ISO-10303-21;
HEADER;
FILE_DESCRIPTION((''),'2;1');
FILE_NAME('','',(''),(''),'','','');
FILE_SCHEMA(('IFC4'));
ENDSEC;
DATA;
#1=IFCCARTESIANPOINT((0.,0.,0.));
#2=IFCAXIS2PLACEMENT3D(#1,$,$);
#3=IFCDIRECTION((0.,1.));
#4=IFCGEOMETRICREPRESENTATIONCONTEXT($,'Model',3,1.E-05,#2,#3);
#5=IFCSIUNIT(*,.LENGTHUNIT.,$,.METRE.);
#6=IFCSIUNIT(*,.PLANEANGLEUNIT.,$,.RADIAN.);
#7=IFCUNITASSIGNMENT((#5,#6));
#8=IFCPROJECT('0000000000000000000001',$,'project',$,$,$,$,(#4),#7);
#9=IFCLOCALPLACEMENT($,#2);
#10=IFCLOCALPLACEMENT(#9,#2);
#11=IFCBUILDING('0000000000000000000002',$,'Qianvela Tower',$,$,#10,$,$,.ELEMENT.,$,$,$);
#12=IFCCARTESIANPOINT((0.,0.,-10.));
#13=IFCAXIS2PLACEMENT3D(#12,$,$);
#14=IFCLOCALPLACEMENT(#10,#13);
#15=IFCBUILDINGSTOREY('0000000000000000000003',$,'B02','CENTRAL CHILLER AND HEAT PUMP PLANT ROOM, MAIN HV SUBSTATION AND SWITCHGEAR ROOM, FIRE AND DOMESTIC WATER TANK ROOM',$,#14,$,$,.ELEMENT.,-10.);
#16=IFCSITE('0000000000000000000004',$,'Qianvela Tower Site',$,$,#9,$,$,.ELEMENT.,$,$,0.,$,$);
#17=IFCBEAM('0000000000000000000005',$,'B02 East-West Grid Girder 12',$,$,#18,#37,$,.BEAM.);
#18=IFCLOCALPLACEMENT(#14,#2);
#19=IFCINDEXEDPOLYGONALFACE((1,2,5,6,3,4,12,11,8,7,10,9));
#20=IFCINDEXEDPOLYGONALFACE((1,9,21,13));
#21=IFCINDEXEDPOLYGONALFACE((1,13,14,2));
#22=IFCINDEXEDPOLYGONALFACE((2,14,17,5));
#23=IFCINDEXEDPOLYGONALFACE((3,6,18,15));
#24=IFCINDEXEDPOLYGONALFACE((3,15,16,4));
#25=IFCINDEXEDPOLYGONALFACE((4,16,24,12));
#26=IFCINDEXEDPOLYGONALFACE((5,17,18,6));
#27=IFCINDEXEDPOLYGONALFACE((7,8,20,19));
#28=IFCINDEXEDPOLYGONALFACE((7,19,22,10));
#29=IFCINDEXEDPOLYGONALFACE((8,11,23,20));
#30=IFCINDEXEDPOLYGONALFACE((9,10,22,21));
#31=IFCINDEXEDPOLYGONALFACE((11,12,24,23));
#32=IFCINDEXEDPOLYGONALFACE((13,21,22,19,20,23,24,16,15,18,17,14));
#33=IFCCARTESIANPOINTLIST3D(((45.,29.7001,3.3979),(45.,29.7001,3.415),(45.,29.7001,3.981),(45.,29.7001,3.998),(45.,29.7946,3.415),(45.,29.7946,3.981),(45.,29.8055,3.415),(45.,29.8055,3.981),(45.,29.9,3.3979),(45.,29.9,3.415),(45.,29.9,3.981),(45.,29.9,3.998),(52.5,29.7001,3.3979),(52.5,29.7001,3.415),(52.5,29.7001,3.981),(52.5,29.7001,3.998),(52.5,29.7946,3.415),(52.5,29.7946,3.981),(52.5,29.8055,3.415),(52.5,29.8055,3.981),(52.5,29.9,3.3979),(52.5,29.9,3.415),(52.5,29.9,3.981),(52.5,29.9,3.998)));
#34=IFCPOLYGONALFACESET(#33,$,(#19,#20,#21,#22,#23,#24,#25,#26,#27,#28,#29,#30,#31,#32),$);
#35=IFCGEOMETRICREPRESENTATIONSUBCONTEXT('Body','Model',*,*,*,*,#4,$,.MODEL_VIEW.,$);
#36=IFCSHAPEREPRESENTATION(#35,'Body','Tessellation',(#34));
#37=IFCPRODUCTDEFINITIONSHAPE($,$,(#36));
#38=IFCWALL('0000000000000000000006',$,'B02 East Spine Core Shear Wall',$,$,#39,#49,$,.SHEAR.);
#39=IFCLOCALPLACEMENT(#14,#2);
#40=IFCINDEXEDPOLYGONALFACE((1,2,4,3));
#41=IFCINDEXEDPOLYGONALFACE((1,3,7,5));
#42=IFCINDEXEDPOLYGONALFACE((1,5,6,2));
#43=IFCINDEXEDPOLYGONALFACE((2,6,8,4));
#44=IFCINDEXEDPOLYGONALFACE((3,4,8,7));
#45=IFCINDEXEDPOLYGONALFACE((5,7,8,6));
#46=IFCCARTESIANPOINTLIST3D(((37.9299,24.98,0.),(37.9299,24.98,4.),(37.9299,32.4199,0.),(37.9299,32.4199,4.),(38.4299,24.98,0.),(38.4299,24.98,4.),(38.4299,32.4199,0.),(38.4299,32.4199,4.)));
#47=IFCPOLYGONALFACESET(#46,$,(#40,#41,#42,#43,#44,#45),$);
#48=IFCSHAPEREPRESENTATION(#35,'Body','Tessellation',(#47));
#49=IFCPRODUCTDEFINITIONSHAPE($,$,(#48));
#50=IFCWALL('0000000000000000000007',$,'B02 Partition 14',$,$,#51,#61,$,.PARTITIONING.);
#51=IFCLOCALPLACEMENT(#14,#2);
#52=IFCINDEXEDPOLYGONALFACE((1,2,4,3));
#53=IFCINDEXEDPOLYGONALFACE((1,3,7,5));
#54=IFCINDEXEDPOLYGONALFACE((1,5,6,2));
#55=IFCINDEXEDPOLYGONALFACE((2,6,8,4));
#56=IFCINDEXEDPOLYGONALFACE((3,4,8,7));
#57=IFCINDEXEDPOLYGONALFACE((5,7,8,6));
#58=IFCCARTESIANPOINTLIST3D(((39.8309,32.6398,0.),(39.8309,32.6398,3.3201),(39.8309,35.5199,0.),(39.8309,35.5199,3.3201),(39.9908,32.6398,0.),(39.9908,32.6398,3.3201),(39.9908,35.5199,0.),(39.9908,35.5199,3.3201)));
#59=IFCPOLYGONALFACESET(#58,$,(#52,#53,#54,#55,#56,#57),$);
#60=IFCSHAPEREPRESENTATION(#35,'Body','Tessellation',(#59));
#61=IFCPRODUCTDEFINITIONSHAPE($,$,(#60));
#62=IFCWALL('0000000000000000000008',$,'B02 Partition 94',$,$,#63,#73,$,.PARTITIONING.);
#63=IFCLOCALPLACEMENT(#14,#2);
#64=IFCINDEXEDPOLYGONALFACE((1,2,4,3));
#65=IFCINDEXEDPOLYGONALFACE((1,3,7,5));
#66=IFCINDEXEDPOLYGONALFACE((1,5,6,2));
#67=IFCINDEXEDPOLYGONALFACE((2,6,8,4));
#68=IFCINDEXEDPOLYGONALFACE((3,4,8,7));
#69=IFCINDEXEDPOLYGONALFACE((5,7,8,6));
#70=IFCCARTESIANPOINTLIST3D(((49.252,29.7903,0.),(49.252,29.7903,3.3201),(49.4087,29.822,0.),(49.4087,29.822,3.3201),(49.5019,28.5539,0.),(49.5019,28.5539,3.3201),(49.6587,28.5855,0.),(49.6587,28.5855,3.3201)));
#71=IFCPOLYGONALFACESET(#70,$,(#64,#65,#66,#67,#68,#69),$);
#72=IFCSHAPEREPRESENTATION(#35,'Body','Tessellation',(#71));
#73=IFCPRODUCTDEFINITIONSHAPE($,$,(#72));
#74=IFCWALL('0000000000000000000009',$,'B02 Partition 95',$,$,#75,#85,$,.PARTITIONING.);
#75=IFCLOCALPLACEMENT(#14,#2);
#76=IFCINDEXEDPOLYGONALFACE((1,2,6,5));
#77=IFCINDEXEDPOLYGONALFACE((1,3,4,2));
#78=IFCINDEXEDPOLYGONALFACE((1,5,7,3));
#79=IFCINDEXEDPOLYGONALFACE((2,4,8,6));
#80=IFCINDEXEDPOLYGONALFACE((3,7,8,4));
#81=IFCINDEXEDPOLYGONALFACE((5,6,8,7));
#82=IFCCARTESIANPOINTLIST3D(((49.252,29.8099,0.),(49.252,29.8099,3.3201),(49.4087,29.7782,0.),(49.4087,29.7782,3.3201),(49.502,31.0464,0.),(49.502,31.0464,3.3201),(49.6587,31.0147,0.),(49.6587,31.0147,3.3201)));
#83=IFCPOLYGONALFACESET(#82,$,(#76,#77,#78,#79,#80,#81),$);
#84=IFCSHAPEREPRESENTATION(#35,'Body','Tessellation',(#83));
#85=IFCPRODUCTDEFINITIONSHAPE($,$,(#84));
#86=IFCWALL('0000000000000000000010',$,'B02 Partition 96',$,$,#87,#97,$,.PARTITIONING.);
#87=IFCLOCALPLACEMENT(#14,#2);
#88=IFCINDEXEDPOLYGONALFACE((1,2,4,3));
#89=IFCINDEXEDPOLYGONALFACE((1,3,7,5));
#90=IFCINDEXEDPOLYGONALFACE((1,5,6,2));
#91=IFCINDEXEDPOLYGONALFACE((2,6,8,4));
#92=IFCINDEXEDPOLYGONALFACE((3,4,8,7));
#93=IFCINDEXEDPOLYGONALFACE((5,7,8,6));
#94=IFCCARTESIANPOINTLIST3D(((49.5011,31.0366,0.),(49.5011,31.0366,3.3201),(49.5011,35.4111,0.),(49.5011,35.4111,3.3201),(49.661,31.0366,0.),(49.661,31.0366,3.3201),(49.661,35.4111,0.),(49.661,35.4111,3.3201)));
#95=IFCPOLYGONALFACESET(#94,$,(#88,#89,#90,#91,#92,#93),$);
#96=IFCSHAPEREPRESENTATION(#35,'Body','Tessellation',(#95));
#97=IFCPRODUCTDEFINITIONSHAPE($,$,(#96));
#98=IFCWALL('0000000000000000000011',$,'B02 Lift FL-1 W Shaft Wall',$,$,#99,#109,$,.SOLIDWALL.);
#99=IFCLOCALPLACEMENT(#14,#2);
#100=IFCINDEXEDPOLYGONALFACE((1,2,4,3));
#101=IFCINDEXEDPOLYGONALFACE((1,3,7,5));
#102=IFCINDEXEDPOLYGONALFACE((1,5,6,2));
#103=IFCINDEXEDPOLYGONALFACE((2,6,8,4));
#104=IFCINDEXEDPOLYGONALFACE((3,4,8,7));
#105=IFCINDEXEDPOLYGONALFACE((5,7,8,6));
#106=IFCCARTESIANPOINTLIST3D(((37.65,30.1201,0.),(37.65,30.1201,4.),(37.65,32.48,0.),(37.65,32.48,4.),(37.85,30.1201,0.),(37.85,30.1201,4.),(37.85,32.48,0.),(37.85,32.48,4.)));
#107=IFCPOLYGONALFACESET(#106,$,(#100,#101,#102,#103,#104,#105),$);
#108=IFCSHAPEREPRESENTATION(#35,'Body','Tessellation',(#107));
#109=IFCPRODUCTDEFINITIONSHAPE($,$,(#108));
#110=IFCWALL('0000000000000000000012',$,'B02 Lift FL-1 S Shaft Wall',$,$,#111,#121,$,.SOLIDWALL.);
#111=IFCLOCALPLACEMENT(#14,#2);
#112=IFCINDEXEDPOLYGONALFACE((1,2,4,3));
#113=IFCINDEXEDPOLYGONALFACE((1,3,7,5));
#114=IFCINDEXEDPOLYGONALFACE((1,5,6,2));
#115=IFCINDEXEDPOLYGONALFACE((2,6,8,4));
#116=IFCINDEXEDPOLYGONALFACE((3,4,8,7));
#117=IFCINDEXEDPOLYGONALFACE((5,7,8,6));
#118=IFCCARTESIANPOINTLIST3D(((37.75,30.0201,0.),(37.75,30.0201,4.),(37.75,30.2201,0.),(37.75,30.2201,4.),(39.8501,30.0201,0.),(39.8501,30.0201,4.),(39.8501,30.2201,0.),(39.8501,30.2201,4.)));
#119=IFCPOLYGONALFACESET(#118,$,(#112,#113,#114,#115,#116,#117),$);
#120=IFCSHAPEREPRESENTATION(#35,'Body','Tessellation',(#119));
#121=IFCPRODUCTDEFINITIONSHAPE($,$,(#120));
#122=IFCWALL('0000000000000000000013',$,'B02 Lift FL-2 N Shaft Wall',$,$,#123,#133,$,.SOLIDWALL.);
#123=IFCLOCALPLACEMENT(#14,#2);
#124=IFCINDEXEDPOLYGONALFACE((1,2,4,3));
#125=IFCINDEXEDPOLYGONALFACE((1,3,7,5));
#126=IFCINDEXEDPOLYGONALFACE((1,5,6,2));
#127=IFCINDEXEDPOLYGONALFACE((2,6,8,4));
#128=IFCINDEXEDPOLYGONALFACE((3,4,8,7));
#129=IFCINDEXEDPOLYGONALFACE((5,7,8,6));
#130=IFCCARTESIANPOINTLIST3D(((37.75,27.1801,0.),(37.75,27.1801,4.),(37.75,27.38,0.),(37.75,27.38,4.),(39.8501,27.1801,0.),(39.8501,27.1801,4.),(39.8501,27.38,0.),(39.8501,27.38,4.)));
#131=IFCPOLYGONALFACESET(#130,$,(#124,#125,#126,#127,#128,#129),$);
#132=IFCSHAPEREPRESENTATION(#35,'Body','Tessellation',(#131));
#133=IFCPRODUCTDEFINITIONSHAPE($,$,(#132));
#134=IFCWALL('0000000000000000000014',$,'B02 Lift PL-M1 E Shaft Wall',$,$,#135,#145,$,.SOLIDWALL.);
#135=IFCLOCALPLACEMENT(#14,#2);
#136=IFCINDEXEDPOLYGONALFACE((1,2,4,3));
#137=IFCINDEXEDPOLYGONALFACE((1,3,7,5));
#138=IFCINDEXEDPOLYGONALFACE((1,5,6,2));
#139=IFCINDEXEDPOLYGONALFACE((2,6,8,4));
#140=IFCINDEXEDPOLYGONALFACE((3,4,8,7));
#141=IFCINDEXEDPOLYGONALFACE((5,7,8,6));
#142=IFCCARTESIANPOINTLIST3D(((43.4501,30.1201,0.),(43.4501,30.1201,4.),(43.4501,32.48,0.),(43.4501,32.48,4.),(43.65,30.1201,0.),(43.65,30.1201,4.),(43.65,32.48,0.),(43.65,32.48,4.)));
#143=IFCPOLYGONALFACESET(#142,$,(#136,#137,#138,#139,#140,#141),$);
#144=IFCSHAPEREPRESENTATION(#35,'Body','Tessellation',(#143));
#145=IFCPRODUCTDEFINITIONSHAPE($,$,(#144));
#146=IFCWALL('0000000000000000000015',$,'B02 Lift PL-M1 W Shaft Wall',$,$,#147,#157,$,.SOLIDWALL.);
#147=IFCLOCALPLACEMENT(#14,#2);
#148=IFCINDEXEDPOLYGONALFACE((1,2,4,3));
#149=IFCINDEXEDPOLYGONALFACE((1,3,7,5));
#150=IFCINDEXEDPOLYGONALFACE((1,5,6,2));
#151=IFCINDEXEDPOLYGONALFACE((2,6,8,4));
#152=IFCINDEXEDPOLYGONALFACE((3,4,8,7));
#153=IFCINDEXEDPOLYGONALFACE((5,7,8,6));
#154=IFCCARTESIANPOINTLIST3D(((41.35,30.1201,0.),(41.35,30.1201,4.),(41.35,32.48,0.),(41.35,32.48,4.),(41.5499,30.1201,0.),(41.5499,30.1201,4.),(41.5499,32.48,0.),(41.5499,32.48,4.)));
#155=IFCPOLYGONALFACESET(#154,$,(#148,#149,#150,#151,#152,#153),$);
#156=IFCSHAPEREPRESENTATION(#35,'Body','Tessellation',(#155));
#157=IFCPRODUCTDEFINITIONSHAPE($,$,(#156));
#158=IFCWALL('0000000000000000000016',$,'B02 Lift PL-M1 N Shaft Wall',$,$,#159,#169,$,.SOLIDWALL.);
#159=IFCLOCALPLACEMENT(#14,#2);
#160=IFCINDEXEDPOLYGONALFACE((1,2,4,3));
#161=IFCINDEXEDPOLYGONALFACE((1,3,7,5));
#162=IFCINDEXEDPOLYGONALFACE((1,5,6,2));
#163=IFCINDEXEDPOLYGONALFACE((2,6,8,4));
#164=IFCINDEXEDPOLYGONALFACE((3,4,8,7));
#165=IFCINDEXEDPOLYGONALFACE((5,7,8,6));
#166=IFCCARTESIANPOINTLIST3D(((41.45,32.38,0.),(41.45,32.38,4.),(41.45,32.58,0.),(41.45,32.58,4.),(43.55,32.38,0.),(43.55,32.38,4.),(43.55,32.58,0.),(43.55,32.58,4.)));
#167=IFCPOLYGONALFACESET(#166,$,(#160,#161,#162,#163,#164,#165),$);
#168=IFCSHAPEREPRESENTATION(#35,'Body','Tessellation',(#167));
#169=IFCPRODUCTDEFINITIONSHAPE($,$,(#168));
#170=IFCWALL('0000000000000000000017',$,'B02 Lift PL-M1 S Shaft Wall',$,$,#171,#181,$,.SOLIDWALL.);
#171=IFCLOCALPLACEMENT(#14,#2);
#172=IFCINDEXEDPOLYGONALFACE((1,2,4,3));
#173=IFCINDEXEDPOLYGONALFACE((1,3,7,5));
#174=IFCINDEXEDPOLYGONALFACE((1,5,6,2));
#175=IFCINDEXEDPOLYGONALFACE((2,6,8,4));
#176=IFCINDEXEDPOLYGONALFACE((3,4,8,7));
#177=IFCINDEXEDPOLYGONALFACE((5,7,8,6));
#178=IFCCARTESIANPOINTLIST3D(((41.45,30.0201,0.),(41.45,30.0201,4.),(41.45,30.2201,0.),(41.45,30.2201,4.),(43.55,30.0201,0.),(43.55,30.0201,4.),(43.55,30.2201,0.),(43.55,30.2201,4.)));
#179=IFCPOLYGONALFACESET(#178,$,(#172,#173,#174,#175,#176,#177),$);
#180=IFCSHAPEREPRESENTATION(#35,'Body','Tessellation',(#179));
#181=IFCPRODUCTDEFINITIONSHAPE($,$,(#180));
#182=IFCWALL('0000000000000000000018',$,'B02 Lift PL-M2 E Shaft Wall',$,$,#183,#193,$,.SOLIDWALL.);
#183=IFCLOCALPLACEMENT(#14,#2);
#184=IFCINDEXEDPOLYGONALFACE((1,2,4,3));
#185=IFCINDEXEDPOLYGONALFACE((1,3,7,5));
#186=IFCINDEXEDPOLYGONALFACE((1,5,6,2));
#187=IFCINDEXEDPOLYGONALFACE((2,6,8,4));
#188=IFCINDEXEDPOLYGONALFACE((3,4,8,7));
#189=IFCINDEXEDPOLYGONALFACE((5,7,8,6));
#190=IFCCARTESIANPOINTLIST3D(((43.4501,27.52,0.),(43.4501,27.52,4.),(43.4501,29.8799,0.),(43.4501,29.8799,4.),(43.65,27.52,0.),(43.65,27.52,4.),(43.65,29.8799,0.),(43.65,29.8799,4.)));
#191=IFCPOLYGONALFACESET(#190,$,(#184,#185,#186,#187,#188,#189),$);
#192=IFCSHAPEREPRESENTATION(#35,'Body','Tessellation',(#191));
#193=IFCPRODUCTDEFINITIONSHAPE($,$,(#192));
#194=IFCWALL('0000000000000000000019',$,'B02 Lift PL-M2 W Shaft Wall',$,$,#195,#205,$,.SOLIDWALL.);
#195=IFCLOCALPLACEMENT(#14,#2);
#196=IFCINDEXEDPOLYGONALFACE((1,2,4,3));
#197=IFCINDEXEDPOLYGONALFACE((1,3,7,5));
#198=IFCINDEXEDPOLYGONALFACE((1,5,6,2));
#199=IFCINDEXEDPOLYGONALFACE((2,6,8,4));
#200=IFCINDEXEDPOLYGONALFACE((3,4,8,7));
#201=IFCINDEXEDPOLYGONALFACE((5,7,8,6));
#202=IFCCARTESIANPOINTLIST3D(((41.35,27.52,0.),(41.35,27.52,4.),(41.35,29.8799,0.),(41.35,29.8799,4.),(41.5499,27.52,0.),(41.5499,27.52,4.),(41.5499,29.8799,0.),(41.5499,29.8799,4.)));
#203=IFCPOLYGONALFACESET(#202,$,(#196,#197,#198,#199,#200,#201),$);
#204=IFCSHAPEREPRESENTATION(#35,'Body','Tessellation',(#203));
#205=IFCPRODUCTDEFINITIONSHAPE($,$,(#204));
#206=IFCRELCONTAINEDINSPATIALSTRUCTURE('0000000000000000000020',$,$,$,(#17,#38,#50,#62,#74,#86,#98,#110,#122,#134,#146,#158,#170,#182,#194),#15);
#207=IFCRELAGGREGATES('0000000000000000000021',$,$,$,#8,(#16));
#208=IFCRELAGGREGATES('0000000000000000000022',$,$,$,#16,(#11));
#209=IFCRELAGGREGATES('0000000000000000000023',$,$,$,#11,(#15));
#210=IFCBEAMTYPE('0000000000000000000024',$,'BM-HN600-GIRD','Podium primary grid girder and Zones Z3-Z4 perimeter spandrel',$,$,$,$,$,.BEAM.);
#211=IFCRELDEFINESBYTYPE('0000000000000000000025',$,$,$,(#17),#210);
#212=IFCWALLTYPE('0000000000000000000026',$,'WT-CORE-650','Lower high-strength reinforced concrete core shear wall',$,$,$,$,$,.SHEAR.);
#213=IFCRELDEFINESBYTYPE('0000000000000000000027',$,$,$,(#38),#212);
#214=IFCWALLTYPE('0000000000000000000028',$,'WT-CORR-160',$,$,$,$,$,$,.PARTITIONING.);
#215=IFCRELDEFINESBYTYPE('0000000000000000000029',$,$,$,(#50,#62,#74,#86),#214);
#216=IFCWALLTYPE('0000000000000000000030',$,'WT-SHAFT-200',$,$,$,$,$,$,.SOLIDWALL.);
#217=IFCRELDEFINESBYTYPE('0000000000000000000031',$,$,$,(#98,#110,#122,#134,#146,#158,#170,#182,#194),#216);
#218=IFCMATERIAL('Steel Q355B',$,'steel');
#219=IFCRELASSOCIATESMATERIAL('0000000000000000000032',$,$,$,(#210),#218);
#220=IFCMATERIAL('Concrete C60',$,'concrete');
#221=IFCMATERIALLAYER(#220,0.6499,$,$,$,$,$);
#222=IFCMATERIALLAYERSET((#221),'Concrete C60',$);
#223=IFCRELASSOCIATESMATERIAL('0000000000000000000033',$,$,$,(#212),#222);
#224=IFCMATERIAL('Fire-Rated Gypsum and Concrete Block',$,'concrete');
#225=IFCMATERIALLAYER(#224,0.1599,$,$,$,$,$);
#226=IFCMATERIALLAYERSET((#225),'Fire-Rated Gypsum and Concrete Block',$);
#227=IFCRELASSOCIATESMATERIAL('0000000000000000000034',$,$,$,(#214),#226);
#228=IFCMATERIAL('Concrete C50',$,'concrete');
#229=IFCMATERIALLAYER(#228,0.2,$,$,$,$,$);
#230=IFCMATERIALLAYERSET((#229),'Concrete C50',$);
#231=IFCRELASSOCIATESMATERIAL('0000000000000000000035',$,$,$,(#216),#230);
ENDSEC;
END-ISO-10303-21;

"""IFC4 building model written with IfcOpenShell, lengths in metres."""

from ifc_helpers import new_model, si_unit, direction, frame, frame_2d, origin, origin_2d, place, context, subcontext, project, spatial, rectangle, i_section, extrude, material, layer, layer_set, material_profile, profile_set, type_object, element, save


model = new_model("IFC4")

# Units and contexts
model_context = context("Model", 3, precision=1e-05, world=origin(), true_north=direction((0.0, 1.0)))
body_context = subcontext(model_context, "Body", "Model", "MODEL_VIEW")
ifc_project = project(units=[si_unit("LENGTHUNIT", "METRE"), si_unit("PLANEANGLEUNIT", "RADIAN")], contexts=[model_context])

# Site, building, storey
site_placement = place(None, origin())
site = spatial("IfcSite", under=ifc_project, at=site_placement, Name="Qianvela Tower Site", CompositionType="ELEMENT", RefElevation=0.0)
building_placement = place(site_placement, origin())
building = spatial("IfcBuilding", under=site, at=building_placement, Name="Qianvela Tower", CompositionType="ELEMENT")
storey_placement = place(building_placement, frame((0.0, 0.0, -10.0)))
storey = spatial("IfcBuildingStorey", under=building, at=storey_placement, Name="B02", Description="CENTRAL CHILLER AND HEAT PUMP PLANT ROOM, MAIN HV SUBSTATION AND SWITCHGEAR ROOM, FIRE AND DOMESTIC WATER TANK ROOM", CompositionType="ELEMENT", Elevation=-10.0)

# Beam
ifc_material_1 = material(Name="Steel Q355B", Category="steel")
ifc_material_profile_1 = material_profile(ifc_material_1, i_section(OverallWidth=0.2, OverallDepth=0.6001, WebThickness=0.011, FlangeThickness=0.0171, at=origin_2d()), Name="HN600x200x11x17")
ifc_profile_set_1 = profile_set([ifc_material_profile_1], Name="Steel Q355B")
beam_type_1 = type_object("IfcBeamType", Name="BM-HN600-GIRD", Description="Podium primary grid girder and Zones Z3-Z4 perimeter spandrel", PredefinedType="BEAM", material=ifc_profile_set_1)
beam_1_placement = place(storey_placement, frame((45.0, 29.8, 3.698), z_axis=(1.0, 0.0, 0.0), x_axis=(0.0, 1.0, 0.0)))
element("IfcBeam", 1, at=beam_1_placement, inside=storey, type_object=beam_type_1, Name="B02 East-West Grid Girder 12", PredefinedType="BEAM", context=body_context, shape_type="SweptSolid", body=[
    extrude(i_section(OverallWidth=0.2, OverallDepth=0.6001, WebThickness=0.011, FlangeThickness=0.0171, at=origin_2d()), origin(), (0.0, 0.0, 1.0), 7.5),
])

# Walls
ifc_material_2 = material(Name="Concrete C60", Category="concrete")
ifc_layer_1 = layer(ifc_material_2, 0.6499)
ifc_layer_set_1 = layer_set([ifc_layer_1], Name="Concrete C60")
wall_type_1 = type_object("IfcWallType", Name="WT-CORE-650", Description="Lower high-strength reinforced concrete core shear wall", PredefinedType="SHEAR", material=ifc_layer_set_1)
wall_1_placement = place(storey_placement, frame((38.1799, 24.98, 0.0), z_axis=(0.0, 0.0, 1.0), x_axis=(0.0, 1.0, 0.0)))
element("IfcWall", 2, at=wall_1_placement, inside=storey, type_object=wall_type_1, Name="B02 East Spine Core Shear Wall", PredefinedType="SHEAR", context=body_context, shape_type="SweptSolid", body=[
    extrude(rectangle(XDim=7.4399, YDim=0.5, at=frame_2d((3.72, 0.0))), origin(), (0.0, 0.0, 1.0), 4.0),
])
ifc_material_3 = material(Name="Fire-Rated Gypsum and Concrete Block", Category="concrete")
ifc_layer_2 = layer(ifc_material_3, 0.1599)
ifc_layer_set_2 = layer_set([ifc_layer_2], Name="Fire-Rated Gypsum and Concrete Block")
wall_type_2 = type_object("IfcWallType", Name="WT-CORR-160", PredefinedType="PARTITIONING", material=ifc_layer_set_2)
wall_2_placement = place(storey_placement, frame((39.9109, 32.6399, 0.0), z_axis=(0.0, 0.0, 1.0), x_axis=(0.0, 1.0, 0.0)))
element("IfcWall", 3, at=wall_2_placement, inside=storey, type_object=wall_type_2, Name="B02 Partition 14", PredefinedType="PARTITIONING", context=body_context, shape_type="SweptSolid", body=[
    extrude(rectangle(XDim=2.8801, YDim=0.1599, at=frame_2d((1.4399, 0.0))), origin(), (0.0, 0.0, 1.0), 3.3201),
])
for number, where, z_axis, x_axis, name in (
    (4, (49.5803, 28.5696, 0.0), (0.0, 0.0, 1.0), (-0.198163, 0.980169, 0.0), "B02 Partition 94"),
    (5, (49.3303, 29.7939, 0.0), (0.0, 0.0, 1.0), (0.198163, 0.980169, 0.0), "B02 Partition 95"),
):
    element("IfcWall", number, at=place(storey_placement, frame(where, z_axis=z_axis, x_axis=x_axis)), inside=storey, type_object=wall_type_2, Name=name, PredefinedType="PARTITIONING", context=body_context, shape_type="SweptSolid", body=[
        extrude(rectangle(XDim=1.2615, YDim=0.1599, at=frame_2d((0.6309, 0.0))), origin(), (0.0, 0.0, 1.0), 3.3201),
    ])
wall_3_placement = place(storey_placement, frame((49.5811, 31.0366, 0.0), z_axis=(0.0, 0.0, 1.0), x_axis=(0.0, 1.0, 0.0)))
element("IfcWall", 6, at=wall_3_placement, inside=storey, type_object=wall_type_2, Name="B02 Partition 96", PredefinedType="PARTITIONING", context=body_context, shape_type="SweptSolid", body=[
    extrude(rectangle(XDim=4.3745, YDim=0.1599, at=frame_2d((2.1873, 0.0))), origin(), (0.0, 0.0, 1.0), 3.3201),
])

# Shared definitions
ifc_material_4 = material(Name="Concrete C50", Category="concrete")
ifc_layer_3 = layer(ifc_material_4, 0.2)
ifc_layer_set_3 = layer_set([ifc_layer_3], Name="Concrete C50")
wall_type_3 = type_object("IfcWallType", Name="WT-SHAFT-200", PredefinedType="SOLIDWALL", material=ifc_layer_set_3)

# Walls
wall_4_placement = place(storey_placement, frame((37.75, 30.1201, 0.0), z_axis=(0.0, 0.0, 1.0), x_axis=(0.0, 1.0, 0.0)))
element("IfcWall", 7, at=wall_4_placement, inside=storey, type_object=wall_type_3, Name="B02 Lift FL-1 W Shaft Wall", PredefinedType="SOLIDWALL", context=body_context, shape_type="SweptSolid", body=[
    extrude(rectangle(XDim=2.3599, YDim=0.2, at=frame_2d((1.1799, 0.0))), origin(), (0.0, 0.0, 1.0), 4.0),
])
for number, where, z_axis, x_axis, name in (
    (8, (37.75, 30.1201, 0.0), (0.0, 0.0, 1.0), (1.0, 0.0, 0.0), "B02 Lift FL-1 S Shaft Wall"),
    (9, (37.75, 27.28, 0.0), (0.0, 0.0, 1.0), (1.0, 0.0, 0.0), "B02 Lift FL-2 N Shaft Wall"),
):
    element("IfcWall", number, at=place(storey_placement, frame(where, z_axis=z_axis, x_axis=x_axis)), inside=storey, type_object=wall_type_3, Name=name, PredefinedType="SOLIDWALL", context=body_context, shape_type="SweptSolid", body=[
        extrude(rectangle(XDim=2.1001, YDim=0.2, at=frame_2d((1.05, 0.0))), origin(), (0.0, 0.0, 1.0), 4.0),
    ])
for number, where, z_axis, x_axis, name in (
    (10, (43.55, 30.1201, 0.0), (0.0, 0.0, 1.0), (0.0, 1.0, 0.0), "B02 Lift PL-M1 E Shaft Wall"),
    (11, (41.45, 30.1201, 0.0), (0.0, 0.0, 1.0), (0.0, 1.0, 0.0), "B02 Lift PL-M1 W Shaft Wall"),
):
    element("IfcWall", number, at=place(storey_placement, frame(where, z_axis=z_axis, x_axis=x_axis)), inside=storey, type_object=wall_type_3, Name=name, PredefinedType="SOLIDWALL", context=body_context, shape_type="SweptSolid", body=[
        extrude(rectangle(XDim=2.3599, YDim=0.2, at=frame_2d((1.1799, 0.0))), origin(), (0.0, 0.0, 1.0), 4.0),
    ])
for number, where, z_axis, x_axis, name in (
    (12, (41.45, 32.48, 0.0), (0.0, 0.0, 1.0), (1.0, 0.0, 0.0), "B02 Lift PL-M1 N Shaft Wall"),
    (13, (41.45, 30.1201, 0.0), (0.0, 0.0, 1.0), (1.0, 0.0, 0.0), "B02 Lift PL-M1 S Shaft Wall"),
):
    element("IfcWall", number, at=place(storey_placement, frame(where, z_axis=z_axis, x_axis=x_axis)), inside=storey, type_object=wall_type_3, Name=name, PredefinedType="SOLIDWALL", context=body_context, shape_type="SweptSolid", body=[
        extrude(rectangle(XDim=2.1001, YDim=0.2, at=frame_2d((1.05, 0.0))), origin(), (0.0, 0.0, 1.0), 4.0),
    ])
for number, where, z_axis, x_axis, name in (
    (14, (43.55, 27.52, 0.0), (0.0, 0.0, 1.0), (0.0, 1.0, 0.0), "B02 Lift PL-M2 E Shaft Wall"),
    (15, (41.45, 27.52, 0.0), (0.0, 0.0, 1.0), (0.0, 1.0, 0.0), "B02 Lift PL-M2 W Shaft Wall"),
):
    element("IfcWall", number, at=place(storey_placement, frame(where, z_axis=z_axis, x_axis=x_axis)), inside=storey, type_object=wall_type_3, Name=name, PredefinedType="SOLIDWALL", context=body_context, shape_type="SweptSolid", body=[
        extrude(rectangle(XDim=2.3599, YDim=0.2, at=frame_2d((1.1799, 0.0))), origin(), (0.0, 0.0, 1.0), 4.0),
    ])

save(model, "model.ifc")
